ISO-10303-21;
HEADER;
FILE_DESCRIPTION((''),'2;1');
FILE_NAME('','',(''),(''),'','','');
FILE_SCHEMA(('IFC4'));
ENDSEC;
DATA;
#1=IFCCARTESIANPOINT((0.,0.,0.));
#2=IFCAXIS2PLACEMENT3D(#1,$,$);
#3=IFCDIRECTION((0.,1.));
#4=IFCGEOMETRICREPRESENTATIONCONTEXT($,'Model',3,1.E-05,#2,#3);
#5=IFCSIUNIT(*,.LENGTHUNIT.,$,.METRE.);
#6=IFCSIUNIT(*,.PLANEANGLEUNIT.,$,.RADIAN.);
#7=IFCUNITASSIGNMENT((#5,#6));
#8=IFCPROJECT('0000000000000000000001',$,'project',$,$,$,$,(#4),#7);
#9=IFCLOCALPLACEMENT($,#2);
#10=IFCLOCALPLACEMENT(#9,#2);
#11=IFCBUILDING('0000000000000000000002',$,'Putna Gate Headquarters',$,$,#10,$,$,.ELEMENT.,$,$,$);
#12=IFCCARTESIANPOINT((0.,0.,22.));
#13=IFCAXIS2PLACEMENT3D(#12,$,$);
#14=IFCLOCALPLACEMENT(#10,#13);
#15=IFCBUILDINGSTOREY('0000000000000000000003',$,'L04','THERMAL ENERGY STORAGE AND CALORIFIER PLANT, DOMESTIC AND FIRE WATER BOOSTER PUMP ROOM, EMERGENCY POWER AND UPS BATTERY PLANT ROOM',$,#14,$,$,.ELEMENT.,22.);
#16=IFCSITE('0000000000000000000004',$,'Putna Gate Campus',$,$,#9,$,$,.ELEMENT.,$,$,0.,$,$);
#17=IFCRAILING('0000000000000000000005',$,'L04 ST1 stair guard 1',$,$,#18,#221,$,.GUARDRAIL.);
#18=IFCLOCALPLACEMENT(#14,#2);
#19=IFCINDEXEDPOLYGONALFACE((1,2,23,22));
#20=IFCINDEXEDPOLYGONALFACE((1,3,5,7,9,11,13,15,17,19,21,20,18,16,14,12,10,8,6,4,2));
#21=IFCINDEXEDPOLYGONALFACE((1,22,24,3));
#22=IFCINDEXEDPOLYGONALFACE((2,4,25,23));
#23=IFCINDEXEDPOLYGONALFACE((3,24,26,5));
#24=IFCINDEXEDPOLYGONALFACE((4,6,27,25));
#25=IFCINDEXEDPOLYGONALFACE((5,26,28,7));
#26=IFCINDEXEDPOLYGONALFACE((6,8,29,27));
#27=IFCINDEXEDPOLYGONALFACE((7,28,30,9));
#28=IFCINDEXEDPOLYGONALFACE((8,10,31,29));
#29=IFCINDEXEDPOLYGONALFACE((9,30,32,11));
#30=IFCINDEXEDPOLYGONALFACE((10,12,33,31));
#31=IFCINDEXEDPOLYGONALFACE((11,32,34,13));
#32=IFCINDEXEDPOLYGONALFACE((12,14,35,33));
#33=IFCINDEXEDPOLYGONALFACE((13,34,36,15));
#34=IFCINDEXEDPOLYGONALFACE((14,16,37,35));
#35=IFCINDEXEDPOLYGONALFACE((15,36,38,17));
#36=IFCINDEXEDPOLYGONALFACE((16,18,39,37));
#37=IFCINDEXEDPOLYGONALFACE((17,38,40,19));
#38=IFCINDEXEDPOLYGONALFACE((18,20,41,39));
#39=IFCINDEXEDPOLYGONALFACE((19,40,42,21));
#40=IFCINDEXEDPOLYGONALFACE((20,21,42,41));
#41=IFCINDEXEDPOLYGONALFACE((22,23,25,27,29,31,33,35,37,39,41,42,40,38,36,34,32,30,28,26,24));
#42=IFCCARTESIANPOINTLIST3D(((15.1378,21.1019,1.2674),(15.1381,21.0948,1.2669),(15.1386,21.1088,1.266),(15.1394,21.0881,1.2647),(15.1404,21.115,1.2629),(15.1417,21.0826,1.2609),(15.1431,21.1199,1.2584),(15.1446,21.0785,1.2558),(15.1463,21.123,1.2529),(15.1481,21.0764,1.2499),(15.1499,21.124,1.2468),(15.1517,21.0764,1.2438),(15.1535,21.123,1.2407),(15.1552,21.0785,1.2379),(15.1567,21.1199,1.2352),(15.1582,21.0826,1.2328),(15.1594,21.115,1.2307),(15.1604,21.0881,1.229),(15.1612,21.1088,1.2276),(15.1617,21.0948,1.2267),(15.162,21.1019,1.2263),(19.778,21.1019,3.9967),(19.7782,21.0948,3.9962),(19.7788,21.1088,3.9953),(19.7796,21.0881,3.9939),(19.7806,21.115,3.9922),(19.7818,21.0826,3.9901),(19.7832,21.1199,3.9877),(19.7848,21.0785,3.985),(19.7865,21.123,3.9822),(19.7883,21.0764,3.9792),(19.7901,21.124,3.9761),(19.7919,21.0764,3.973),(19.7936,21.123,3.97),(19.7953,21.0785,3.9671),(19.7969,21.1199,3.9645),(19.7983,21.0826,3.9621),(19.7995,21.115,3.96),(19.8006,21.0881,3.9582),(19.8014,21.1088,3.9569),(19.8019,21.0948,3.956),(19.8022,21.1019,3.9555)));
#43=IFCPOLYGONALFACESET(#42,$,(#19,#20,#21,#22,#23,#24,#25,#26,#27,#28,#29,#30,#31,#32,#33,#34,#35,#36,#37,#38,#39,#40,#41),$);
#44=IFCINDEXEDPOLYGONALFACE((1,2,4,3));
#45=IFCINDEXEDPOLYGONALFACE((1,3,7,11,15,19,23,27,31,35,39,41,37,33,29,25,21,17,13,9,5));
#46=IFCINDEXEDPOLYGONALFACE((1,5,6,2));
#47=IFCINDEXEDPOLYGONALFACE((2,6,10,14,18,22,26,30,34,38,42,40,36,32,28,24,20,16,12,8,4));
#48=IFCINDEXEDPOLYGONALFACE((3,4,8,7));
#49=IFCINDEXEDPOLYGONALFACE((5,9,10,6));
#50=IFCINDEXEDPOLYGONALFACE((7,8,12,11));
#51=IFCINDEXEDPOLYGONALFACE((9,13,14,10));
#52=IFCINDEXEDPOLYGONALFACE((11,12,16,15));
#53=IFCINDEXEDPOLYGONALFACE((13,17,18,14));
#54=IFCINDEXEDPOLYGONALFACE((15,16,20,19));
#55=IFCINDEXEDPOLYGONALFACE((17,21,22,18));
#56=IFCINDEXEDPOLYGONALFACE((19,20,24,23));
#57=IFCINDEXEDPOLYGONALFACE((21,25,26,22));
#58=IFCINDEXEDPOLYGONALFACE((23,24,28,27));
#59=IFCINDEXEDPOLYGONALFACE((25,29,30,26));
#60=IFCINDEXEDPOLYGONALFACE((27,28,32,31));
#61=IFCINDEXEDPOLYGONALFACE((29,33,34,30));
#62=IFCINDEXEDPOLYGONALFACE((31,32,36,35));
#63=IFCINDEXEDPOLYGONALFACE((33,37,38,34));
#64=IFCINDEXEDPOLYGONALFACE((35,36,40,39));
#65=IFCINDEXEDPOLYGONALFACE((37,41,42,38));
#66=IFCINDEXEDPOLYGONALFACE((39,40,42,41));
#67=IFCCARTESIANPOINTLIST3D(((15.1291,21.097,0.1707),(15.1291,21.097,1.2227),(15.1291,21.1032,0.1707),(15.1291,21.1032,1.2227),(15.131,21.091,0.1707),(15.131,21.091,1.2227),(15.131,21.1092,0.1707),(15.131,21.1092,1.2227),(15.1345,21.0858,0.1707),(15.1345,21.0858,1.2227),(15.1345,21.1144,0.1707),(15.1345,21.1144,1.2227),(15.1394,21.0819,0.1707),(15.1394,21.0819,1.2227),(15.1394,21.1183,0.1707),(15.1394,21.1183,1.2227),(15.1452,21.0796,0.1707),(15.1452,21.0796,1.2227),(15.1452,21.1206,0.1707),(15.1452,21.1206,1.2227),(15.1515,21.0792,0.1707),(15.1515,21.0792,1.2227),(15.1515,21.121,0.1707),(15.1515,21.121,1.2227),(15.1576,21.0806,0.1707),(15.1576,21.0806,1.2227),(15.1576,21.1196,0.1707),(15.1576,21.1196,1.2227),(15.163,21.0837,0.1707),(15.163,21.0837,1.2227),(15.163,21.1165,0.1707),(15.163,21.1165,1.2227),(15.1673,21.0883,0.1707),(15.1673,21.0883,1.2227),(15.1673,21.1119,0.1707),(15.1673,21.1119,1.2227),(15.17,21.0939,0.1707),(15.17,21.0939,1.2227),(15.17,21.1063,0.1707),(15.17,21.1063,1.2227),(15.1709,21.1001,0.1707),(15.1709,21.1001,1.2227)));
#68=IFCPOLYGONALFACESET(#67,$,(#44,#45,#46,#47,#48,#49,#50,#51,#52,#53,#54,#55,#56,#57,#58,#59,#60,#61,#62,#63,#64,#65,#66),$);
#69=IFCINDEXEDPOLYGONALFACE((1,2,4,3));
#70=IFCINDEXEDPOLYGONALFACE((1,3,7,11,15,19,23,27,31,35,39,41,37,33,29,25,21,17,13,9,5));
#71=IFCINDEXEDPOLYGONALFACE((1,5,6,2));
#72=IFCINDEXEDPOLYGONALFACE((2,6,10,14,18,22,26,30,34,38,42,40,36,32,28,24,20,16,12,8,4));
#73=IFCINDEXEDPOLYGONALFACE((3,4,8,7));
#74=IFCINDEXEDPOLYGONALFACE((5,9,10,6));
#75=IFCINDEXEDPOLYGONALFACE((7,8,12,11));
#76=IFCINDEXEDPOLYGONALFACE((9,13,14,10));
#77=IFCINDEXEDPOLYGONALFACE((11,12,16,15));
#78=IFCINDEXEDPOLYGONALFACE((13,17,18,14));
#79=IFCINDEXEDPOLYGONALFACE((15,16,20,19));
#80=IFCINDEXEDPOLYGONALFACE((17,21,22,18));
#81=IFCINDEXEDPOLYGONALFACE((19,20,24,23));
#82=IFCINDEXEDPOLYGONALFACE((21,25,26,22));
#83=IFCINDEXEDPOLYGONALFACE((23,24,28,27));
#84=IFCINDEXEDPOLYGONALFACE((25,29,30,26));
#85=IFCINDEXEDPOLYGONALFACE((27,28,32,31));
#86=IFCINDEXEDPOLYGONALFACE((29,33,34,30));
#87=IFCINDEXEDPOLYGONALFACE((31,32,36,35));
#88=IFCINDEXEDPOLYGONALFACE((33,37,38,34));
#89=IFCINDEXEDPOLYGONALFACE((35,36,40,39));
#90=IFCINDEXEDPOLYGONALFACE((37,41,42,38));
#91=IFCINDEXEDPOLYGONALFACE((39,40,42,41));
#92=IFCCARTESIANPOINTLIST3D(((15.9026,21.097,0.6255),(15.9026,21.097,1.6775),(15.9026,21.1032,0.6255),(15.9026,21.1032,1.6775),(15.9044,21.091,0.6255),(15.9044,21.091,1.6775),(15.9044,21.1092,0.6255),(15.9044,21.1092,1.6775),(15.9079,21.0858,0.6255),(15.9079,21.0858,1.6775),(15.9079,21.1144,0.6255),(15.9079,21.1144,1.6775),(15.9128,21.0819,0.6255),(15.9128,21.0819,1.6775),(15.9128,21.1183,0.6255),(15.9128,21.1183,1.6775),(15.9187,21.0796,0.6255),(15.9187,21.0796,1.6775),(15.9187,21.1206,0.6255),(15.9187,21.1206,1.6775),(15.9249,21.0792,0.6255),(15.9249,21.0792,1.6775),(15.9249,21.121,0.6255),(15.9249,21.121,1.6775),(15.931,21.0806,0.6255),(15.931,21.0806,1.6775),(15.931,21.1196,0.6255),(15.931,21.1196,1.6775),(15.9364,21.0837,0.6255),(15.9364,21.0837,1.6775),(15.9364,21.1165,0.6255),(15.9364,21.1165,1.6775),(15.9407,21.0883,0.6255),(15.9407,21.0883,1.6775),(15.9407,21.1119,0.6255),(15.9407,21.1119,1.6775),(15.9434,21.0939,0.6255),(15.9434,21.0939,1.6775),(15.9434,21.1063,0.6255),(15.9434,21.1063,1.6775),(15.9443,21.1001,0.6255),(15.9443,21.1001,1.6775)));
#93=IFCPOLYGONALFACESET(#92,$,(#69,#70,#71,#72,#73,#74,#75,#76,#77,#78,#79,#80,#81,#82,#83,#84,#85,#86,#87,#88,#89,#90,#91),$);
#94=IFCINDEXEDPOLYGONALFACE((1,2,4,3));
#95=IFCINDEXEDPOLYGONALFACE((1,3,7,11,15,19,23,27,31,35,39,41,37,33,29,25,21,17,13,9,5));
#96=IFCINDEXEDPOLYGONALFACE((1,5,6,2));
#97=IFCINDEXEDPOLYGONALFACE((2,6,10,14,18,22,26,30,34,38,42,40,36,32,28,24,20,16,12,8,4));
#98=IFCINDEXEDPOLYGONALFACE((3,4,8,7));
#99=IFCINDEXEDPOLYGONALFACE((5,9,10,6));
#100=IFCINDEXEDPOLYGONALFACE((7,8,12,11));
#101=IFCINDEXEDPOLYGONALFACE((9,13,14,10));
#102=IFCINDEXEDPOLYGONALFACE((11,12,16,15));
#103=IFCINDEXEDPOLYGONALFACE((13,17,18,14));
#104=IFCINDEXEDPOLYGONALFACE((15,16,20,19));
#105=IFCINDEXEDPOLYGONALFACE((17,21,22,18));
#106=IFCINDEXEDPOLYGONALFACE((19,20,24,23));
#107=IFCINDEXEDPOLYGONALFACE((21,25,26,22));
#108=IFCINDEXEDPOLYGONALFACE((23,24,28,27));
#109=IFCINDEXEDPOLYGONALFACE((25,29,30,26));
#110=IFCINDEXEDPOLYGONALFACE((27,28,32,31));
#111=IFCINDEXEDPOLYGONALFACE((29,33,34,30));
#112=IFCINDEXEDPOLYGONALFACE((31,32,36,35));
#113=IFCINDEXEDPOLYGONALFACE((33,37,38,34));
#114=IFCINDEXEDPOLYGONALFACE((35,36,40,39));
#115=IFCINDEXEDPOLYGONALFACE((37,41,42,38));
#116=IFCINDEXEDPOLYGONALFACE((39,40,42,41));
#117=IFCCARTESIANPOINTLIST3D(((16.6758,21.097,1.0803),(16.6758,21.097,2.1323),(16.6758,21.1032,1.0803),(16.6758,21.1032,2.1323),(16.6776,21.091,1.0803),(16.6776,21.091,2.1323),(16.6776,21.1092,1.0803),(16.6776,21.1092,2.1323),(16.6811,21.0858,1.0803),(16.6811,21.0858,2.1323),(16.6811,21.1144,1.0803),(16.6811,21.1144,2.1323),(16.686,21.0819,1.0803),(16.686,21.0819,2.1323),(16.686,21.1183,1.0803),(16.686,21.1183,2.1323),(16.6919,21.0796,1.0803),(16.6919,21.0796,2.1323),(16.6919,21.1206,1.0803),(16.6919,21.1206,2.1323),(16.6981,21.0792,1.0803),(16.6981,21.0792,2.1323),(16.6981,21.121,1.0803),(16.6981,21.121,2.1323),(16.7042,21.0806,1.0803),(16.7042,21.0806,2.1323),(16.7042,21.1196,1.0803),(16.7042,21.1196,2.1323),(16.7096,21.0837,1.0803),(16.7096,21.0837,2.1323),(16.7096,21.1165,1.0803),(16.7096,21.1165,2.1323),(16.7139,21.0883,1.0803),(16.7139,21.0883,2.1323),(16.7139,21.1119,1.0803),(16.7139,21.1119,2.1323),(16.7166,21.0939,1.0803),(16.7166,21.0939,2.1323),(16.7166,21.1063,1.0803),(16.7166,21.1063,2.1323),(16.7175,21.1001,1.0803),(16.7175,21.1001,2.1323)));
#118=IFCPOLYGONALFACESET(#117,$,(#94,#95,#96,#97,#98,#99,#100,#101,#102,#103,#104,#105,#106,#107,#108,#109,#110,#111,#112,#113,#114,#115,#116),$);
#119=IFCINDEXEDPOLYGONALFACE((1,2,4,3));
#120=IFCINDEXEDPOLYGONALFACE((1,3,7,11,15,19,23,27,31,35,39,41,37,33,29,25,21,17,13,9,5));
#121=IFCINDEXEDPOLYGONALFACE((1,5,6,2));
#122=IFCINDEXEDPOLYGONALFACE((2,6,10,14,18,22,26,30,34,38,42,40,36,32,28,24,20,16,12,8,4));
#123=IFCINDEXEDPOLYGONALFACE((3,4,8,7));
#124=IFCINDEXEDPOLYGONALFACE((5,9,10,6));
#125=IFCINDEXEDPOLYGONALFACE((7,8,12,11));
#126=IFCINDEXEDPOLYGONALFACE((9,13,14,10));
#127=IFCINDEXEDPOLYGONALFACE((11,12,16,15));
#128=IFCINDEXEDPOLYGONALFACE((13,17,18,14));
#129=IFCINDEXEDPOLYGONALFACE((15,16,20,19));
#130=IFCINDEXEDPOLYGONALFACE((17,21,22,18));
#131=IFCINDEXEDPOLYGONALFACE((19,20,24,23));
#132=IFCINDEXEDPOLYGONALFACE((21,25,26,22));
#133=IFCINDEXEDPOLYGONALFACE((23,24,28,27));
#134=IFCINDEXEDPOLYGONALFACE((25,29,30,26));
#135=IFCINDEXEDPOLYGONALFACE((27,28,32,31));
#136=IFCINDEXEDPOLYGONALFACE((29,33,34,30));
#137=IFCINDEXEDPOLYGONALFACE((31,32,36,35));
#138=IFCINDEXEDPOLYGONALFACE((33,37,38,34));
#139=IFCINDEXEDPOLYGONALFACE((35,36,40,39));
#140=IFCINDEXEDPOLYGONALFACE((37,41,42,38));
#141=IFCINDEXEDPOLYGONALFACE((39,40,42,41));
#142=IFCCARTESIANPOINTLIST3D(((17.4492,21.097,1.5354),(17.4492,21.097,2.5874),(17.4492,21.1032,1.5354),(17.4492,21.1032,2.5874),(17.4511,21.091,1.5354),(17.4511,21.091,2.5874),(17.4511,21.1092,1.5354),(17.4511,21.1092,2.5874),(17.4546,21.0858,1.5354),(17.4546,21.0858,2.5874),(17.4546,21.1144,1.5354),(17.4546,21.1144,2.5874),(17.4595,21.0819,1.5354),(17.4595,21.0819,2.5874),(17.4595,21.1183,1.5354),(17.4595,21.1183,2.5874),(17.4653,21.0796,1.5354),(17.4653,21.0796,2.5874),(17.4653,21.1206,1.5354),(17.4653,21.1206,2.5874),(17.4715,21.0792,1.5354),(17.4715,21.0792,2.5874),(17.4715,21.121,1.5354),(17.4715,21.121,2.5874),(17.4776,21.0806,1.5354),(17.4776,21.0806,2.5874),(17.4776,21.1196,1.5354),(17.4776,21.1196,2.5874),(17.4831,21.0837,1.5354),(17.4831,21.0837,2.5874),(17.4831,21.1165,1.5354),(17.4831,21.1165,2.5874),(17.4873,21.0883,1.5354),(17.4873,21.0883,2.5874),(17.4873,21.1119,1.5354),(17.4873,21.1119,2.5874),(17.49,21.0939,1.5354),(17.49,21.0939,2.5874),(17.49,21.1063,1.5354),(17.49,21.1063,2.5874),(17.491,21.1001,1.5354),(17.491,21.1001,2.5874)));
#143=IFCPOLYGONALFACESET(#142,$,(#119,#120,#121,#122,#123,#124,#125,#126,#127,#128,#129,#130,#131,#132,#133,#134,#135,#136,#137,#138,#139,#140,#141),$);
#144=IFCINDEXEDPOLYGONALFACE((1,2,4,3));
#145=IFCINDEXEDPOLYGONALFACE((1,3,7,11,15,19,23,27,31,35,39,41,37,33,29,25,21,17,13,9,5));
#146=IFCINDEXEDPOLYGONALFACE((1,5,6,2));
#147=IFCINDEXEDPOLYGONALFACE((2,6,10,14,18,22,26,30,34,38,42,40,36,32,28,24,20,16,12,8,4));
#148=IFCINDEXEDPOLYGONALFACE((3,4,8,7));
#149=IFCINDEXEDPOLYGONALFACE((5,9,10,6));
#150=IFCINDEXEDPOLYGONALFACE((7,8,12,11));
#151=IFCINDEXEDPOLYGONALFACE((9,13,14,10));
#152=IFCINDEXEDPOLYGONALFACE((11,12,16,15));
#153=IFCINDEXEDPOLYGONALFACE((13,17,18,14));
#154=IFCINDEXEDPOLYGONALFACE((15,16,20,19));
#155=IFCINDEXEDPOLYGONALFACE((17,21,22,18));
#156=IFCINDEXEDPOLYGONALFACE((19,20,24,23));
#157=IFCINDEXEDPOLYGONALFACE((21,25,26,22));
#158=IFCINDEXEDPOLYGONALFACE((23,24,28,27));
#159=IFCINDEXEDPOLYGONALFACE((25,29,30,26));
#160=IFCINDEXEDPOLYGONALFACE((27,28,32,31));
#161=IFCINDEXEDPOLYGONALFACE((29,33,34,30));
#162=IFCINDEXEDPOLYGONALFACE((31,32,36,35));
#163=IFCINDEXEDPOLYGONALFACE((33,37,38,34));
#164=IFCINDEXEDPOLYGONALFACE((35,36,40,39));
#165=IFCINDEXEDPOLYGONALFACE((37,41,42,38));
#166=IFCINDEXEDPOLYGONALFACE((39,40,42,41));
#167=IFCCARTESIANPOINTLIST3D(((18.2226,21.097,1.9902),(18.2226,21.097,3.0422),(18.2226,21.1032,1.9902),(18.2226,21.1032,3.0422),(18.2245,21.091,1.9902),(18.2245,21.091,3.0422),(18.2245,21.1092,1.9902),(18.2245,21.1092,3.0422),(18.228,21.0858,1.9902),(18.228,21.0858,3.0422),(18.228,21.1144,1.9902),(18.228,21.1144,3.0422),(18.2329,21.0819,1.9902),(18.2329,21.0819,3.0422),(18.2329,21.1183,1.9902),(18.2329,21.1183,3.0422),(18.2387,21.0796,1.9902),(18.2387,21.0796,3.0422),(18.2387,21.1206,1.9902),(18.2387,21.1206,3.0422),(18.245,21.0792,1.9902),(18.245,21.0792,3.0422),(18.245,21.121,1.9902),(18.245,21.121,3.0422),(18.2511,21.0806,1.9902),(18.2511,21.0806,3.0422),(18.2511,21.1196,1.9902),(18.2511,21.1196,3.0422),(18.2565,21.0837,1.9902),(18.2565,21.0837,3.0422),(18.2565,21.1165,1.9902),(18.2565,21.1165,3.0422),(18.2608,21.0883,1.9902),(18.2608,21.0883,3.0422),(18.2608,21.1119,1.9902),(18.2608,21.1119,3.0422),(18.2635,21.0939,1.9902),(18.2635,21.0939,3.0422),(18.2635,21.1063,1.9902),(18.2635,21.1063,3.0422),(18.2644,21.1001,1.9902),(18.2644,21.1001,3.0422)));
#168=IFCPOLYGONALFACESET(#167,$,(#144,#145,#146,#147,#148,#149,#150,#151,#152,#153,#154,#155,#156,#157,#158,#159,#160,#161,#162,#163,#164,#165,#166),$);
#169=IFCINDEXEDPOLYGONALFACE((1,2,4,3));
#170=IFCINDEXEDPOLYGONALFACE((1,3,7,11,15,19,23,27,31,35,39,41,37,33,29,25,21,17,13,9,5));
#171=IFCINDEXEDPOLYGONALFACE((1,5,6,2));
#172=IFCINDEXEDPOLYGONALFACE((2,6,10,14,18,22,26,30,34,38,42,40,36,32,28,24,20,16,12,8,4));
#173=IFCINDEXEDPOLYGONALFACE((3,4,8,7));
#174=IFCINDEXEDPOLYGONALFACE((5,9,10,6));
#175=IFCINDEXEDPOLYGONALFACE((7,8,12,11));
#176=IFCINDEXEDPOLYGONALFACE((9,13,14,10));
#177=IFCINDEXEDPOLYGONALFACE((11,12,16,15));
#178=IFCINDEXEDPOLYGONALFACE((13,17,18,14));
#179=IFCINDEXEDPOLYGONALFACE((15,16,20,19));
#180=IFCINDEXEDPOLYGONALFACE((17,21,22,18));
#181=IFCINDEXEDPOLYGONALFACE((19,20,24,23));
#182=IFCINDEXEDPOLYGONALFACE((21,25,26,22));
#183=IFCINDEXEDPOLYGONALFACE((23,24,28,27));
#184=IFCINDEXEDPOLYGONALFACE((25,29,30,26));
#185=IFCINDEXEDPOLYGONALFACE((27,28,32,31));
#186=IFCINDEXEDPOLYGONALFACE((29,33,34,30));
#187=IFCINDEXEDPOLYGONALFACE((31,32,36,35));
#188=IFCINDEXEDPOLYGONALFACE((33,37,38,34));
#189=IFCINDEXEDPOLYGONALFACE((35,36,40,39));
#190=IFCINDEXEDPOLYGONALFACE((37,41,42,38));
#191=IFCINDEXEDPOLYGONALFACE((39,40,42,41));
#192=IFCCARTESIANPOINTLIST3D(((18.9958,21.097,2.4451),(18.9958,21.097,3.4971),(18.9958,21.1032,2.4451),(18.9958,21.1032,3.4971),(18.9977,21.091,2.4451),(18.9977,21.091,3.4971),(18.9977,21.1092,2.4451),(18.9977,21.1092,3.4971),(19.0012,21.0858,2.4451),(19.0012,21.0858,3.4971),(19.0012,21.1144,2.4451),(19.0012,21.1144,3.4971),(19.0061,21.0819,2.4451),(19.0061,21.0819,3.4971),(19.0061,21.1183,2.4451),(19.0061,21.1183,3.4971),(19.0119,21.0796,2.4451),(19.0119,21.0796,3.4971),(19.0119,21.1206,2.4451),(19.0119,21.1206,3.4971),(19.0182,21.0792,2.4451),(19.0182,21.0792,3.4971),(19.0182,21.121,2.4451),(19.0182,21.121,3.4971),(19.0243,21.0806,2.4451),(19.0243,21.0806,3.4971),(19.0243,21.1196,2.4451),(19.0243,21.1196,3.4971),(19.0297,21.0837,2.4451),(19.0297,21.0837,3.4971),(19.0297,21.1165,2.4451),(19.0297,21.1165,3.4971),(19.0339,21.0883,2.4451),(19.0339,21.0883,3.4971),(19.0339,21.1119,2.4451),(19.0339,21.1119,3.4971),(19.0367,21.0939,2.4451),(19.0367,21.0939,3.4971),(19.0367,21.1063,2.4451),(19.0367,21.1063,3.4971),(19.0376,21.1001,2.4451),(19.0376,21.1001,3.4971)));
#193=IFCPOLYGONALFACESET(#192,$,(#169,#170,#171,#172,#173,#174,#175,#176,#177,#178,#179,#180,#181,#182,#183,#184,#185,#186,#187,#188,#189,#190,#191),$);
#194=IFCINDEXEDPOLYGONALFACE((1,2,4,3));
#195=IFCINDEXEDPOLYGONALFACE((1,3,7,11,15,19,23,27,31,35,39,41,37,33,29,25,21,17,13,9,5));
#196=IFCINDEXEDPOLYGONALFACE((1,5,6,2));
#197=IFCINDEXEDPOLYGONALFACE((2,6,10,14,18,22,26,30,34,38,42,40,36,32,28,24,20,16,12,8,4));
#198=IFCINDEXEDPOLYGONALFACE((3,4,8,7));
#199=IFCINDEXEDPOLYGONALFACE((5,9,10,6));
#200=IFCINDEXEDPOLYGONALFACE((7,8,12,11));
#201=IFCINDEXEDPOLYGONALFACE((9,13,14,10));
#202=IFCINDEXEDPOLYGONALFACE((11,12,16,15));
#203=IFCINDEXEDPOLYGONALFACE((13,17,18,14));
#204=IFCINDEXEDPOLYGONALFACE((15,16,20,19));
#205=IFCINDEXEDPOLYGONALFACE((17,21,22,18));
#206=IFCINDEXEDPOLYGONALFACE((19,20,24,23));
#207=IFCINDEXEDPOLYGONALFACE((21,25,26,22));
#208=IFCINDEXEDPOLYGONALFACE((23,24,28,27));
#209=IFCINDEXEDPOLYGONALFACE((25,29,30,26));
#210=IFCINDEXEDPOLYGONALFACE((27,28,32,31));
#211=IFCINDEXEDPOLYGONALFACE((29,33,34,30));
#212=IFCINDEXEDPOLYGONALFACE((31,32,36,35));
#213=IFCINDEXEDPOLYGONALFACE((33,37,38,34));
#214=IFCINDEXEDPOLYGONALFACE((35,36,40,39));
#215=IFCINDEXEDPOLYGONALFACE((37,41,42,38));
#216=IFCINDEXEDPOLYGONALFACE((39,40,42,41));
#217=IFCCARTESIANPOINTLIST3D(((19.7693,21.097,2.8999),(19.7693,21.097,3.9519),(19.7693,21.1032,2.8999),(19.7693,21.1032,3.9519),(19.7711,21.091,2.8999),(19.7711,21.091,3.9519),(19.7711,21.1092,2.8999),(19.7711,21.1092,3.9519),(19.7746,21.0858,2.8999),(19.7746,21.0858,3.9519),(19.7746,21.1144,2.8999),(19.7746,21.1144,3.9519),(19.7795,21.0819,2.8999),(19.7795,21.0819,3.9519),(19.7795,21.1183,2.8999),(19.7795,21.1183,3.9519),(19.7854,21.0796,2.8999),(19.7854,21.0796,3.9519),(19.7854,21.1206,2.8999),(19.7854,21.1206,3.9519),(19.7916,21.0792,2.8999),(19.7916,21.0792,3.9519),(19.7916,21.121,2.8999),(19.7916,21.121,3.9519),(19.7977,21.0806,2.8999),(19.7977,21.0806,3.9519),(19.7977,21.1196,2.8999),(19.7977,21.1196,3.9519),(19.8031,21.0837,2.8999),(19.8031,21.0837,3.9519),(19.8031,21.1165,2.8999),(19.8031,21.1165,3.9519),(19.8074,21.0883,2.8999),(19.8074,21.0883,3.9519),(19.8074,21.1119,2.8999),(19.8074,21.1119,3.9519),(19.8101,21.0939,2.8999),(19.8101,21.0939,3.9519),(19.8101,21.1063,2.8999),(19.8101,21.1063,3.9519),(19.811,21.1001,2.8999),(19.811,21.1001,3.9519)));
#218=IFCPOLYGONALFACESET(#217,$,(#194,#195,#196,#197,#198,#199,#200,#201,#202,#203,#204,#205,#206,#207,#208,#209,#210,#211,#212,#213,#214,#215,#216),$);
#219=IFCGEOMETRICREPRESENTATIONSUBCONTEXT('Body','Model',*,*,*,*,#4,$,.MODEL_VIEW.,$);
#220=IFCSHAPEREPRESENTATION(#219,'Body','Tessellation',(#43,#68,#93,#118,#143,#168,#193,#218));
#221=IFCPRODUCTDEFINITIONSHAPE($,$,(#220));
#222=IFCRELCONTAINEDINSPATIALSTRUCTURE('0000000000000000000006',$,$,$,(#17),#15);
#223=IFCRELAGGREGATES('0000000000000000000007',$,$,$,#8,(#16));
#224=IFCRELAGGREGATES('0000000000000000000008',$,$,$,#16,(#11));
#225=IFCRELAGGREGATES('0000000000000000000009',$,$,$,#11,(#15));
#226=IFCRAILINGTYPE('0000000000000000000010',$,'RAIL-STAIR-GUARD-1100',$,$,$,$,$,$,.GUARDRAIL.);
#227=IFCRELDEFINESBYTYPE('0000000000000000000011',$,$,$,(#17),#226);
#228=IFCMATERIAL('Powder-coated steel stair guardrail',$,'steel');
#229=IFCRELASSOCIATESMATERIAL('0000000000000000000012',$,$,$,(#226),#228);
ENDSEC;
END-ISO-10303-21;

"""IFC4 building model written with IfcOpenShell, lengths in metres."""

from ifc_helpers import new_model, si_unit, direction, frame, origin, origin_2d, place, context, subcontext, project, spatial, circle, extrude, material, type_object, element, save


model = new_model("IFC4")

# Units and contexts
model_context = context("Model", 3, precision=1e-05, world=origin(), true_north=direction((0.0, 1.0)))
body_context = subcontext(model_context, "Body", "Model", "MODEL_VIEW")
ifc_project = project(units=[si_unit("LENGTHUNIT", "METRE"), si_unit("PLANEANGLEUNIT", "RADIAN")], contexts=[model_context])

# Site, building, storey
site_placement = place(None, origin())
site = spatial("IfcSite", under=ifc_project, at=site_placement, Name="Putna Gate Campus", CompositionType="ELEMENT", RefElevation=0.0)
building_placement = place(site_placement, origin())
building = spatial("IfcBuilding", under=site, at=building_placement, Name="Putna Gate Headquarters", CompositionType="ELEMENT")
storey_placement = place(building_placement, frame((0.0, 0.0, 22.0)))
storey = spatial("IfcBuildingStorey", under=building, at=storey_placement, Name="L04", Description="THERMAL ENERGY STORAGE AND CALORIFIER PLANT, DOMESTIC AND FIRE WATER BOOSTER PUMP ROOM, EMERGENCY POWER AND UPS BATTERY PLANT ROOM", CompositionType="ELEMENT", Elevation=22.0)

# Railing
ifc_material_1 = material(Name="Powder-coated steel stair guardrail", Category="steel")
railing_type_1 = type_object("IfcRailingType", Name="RAIL-STAIR-GUARD-1100", PredefinedType="GUARDRAIL", material=ifc_material_1)
railing_1_placement = place(storey_placement, frame((15.1499, 21.1001, 0.1707)))
element("IfcRailing", 1, at=railing_1_placement, inside=storey, type_object=railing_type_1, Name="L04 ST1 stair guard 1", PredefinedType="GUARDRAIL", context=body_context, shape_type="SweptSolid", body=[
    extrude(circle(Radius=0.0239, at=origin_2d()), frame((0.0, 0.0, 1.0762), z_axis=(0.861954, 0.0, 0.506986), x_axis=(0.0, 1.0, 0.0)), (0.0, 0.0, 1.0), 5.3833),
    extrude(circle(Radius=0.021, at=origin_2d()), origin(), (0.0, 0.0, 1.0), 1.052),
    extrude(circle(Radius=0.021, at=origin_2d()), frame((0.7734, 0.0, 0.4548)), (0.0, 0.0, 1.0), 1.052),
    extrude(circle(Radius=0.021, at=origin_2d()), frame((1.5466, 0.0, 0.9097)), (0.0, 0.0, 1.0), 1.052),
    extrude(circle(Radius=0.021, at=origin_2d()), frame((2.3201, 0.0, 1.3647)), (0.0, 0.0, 1.0), 1.052),
    extrude(circle(Radius=0.021, at=origin_2d()), frame((3.0935, 0.0, 1.8196)), (0.0, 0.0, 1.0), 1.052),
    extrude(circle(Radius=0.021, at=origin_2d()), frame((3.8667, 0.0, 2.2744)), (0.0, 0.0, 1.0), 1.052),
    extrude(circle(Radius=0.021, at=origin_2d()), frame((4.6401, 0.0, 2.7292)), (0.0, 0.0, 1.0), 1.052),
])

save(model, "model.ifc")
